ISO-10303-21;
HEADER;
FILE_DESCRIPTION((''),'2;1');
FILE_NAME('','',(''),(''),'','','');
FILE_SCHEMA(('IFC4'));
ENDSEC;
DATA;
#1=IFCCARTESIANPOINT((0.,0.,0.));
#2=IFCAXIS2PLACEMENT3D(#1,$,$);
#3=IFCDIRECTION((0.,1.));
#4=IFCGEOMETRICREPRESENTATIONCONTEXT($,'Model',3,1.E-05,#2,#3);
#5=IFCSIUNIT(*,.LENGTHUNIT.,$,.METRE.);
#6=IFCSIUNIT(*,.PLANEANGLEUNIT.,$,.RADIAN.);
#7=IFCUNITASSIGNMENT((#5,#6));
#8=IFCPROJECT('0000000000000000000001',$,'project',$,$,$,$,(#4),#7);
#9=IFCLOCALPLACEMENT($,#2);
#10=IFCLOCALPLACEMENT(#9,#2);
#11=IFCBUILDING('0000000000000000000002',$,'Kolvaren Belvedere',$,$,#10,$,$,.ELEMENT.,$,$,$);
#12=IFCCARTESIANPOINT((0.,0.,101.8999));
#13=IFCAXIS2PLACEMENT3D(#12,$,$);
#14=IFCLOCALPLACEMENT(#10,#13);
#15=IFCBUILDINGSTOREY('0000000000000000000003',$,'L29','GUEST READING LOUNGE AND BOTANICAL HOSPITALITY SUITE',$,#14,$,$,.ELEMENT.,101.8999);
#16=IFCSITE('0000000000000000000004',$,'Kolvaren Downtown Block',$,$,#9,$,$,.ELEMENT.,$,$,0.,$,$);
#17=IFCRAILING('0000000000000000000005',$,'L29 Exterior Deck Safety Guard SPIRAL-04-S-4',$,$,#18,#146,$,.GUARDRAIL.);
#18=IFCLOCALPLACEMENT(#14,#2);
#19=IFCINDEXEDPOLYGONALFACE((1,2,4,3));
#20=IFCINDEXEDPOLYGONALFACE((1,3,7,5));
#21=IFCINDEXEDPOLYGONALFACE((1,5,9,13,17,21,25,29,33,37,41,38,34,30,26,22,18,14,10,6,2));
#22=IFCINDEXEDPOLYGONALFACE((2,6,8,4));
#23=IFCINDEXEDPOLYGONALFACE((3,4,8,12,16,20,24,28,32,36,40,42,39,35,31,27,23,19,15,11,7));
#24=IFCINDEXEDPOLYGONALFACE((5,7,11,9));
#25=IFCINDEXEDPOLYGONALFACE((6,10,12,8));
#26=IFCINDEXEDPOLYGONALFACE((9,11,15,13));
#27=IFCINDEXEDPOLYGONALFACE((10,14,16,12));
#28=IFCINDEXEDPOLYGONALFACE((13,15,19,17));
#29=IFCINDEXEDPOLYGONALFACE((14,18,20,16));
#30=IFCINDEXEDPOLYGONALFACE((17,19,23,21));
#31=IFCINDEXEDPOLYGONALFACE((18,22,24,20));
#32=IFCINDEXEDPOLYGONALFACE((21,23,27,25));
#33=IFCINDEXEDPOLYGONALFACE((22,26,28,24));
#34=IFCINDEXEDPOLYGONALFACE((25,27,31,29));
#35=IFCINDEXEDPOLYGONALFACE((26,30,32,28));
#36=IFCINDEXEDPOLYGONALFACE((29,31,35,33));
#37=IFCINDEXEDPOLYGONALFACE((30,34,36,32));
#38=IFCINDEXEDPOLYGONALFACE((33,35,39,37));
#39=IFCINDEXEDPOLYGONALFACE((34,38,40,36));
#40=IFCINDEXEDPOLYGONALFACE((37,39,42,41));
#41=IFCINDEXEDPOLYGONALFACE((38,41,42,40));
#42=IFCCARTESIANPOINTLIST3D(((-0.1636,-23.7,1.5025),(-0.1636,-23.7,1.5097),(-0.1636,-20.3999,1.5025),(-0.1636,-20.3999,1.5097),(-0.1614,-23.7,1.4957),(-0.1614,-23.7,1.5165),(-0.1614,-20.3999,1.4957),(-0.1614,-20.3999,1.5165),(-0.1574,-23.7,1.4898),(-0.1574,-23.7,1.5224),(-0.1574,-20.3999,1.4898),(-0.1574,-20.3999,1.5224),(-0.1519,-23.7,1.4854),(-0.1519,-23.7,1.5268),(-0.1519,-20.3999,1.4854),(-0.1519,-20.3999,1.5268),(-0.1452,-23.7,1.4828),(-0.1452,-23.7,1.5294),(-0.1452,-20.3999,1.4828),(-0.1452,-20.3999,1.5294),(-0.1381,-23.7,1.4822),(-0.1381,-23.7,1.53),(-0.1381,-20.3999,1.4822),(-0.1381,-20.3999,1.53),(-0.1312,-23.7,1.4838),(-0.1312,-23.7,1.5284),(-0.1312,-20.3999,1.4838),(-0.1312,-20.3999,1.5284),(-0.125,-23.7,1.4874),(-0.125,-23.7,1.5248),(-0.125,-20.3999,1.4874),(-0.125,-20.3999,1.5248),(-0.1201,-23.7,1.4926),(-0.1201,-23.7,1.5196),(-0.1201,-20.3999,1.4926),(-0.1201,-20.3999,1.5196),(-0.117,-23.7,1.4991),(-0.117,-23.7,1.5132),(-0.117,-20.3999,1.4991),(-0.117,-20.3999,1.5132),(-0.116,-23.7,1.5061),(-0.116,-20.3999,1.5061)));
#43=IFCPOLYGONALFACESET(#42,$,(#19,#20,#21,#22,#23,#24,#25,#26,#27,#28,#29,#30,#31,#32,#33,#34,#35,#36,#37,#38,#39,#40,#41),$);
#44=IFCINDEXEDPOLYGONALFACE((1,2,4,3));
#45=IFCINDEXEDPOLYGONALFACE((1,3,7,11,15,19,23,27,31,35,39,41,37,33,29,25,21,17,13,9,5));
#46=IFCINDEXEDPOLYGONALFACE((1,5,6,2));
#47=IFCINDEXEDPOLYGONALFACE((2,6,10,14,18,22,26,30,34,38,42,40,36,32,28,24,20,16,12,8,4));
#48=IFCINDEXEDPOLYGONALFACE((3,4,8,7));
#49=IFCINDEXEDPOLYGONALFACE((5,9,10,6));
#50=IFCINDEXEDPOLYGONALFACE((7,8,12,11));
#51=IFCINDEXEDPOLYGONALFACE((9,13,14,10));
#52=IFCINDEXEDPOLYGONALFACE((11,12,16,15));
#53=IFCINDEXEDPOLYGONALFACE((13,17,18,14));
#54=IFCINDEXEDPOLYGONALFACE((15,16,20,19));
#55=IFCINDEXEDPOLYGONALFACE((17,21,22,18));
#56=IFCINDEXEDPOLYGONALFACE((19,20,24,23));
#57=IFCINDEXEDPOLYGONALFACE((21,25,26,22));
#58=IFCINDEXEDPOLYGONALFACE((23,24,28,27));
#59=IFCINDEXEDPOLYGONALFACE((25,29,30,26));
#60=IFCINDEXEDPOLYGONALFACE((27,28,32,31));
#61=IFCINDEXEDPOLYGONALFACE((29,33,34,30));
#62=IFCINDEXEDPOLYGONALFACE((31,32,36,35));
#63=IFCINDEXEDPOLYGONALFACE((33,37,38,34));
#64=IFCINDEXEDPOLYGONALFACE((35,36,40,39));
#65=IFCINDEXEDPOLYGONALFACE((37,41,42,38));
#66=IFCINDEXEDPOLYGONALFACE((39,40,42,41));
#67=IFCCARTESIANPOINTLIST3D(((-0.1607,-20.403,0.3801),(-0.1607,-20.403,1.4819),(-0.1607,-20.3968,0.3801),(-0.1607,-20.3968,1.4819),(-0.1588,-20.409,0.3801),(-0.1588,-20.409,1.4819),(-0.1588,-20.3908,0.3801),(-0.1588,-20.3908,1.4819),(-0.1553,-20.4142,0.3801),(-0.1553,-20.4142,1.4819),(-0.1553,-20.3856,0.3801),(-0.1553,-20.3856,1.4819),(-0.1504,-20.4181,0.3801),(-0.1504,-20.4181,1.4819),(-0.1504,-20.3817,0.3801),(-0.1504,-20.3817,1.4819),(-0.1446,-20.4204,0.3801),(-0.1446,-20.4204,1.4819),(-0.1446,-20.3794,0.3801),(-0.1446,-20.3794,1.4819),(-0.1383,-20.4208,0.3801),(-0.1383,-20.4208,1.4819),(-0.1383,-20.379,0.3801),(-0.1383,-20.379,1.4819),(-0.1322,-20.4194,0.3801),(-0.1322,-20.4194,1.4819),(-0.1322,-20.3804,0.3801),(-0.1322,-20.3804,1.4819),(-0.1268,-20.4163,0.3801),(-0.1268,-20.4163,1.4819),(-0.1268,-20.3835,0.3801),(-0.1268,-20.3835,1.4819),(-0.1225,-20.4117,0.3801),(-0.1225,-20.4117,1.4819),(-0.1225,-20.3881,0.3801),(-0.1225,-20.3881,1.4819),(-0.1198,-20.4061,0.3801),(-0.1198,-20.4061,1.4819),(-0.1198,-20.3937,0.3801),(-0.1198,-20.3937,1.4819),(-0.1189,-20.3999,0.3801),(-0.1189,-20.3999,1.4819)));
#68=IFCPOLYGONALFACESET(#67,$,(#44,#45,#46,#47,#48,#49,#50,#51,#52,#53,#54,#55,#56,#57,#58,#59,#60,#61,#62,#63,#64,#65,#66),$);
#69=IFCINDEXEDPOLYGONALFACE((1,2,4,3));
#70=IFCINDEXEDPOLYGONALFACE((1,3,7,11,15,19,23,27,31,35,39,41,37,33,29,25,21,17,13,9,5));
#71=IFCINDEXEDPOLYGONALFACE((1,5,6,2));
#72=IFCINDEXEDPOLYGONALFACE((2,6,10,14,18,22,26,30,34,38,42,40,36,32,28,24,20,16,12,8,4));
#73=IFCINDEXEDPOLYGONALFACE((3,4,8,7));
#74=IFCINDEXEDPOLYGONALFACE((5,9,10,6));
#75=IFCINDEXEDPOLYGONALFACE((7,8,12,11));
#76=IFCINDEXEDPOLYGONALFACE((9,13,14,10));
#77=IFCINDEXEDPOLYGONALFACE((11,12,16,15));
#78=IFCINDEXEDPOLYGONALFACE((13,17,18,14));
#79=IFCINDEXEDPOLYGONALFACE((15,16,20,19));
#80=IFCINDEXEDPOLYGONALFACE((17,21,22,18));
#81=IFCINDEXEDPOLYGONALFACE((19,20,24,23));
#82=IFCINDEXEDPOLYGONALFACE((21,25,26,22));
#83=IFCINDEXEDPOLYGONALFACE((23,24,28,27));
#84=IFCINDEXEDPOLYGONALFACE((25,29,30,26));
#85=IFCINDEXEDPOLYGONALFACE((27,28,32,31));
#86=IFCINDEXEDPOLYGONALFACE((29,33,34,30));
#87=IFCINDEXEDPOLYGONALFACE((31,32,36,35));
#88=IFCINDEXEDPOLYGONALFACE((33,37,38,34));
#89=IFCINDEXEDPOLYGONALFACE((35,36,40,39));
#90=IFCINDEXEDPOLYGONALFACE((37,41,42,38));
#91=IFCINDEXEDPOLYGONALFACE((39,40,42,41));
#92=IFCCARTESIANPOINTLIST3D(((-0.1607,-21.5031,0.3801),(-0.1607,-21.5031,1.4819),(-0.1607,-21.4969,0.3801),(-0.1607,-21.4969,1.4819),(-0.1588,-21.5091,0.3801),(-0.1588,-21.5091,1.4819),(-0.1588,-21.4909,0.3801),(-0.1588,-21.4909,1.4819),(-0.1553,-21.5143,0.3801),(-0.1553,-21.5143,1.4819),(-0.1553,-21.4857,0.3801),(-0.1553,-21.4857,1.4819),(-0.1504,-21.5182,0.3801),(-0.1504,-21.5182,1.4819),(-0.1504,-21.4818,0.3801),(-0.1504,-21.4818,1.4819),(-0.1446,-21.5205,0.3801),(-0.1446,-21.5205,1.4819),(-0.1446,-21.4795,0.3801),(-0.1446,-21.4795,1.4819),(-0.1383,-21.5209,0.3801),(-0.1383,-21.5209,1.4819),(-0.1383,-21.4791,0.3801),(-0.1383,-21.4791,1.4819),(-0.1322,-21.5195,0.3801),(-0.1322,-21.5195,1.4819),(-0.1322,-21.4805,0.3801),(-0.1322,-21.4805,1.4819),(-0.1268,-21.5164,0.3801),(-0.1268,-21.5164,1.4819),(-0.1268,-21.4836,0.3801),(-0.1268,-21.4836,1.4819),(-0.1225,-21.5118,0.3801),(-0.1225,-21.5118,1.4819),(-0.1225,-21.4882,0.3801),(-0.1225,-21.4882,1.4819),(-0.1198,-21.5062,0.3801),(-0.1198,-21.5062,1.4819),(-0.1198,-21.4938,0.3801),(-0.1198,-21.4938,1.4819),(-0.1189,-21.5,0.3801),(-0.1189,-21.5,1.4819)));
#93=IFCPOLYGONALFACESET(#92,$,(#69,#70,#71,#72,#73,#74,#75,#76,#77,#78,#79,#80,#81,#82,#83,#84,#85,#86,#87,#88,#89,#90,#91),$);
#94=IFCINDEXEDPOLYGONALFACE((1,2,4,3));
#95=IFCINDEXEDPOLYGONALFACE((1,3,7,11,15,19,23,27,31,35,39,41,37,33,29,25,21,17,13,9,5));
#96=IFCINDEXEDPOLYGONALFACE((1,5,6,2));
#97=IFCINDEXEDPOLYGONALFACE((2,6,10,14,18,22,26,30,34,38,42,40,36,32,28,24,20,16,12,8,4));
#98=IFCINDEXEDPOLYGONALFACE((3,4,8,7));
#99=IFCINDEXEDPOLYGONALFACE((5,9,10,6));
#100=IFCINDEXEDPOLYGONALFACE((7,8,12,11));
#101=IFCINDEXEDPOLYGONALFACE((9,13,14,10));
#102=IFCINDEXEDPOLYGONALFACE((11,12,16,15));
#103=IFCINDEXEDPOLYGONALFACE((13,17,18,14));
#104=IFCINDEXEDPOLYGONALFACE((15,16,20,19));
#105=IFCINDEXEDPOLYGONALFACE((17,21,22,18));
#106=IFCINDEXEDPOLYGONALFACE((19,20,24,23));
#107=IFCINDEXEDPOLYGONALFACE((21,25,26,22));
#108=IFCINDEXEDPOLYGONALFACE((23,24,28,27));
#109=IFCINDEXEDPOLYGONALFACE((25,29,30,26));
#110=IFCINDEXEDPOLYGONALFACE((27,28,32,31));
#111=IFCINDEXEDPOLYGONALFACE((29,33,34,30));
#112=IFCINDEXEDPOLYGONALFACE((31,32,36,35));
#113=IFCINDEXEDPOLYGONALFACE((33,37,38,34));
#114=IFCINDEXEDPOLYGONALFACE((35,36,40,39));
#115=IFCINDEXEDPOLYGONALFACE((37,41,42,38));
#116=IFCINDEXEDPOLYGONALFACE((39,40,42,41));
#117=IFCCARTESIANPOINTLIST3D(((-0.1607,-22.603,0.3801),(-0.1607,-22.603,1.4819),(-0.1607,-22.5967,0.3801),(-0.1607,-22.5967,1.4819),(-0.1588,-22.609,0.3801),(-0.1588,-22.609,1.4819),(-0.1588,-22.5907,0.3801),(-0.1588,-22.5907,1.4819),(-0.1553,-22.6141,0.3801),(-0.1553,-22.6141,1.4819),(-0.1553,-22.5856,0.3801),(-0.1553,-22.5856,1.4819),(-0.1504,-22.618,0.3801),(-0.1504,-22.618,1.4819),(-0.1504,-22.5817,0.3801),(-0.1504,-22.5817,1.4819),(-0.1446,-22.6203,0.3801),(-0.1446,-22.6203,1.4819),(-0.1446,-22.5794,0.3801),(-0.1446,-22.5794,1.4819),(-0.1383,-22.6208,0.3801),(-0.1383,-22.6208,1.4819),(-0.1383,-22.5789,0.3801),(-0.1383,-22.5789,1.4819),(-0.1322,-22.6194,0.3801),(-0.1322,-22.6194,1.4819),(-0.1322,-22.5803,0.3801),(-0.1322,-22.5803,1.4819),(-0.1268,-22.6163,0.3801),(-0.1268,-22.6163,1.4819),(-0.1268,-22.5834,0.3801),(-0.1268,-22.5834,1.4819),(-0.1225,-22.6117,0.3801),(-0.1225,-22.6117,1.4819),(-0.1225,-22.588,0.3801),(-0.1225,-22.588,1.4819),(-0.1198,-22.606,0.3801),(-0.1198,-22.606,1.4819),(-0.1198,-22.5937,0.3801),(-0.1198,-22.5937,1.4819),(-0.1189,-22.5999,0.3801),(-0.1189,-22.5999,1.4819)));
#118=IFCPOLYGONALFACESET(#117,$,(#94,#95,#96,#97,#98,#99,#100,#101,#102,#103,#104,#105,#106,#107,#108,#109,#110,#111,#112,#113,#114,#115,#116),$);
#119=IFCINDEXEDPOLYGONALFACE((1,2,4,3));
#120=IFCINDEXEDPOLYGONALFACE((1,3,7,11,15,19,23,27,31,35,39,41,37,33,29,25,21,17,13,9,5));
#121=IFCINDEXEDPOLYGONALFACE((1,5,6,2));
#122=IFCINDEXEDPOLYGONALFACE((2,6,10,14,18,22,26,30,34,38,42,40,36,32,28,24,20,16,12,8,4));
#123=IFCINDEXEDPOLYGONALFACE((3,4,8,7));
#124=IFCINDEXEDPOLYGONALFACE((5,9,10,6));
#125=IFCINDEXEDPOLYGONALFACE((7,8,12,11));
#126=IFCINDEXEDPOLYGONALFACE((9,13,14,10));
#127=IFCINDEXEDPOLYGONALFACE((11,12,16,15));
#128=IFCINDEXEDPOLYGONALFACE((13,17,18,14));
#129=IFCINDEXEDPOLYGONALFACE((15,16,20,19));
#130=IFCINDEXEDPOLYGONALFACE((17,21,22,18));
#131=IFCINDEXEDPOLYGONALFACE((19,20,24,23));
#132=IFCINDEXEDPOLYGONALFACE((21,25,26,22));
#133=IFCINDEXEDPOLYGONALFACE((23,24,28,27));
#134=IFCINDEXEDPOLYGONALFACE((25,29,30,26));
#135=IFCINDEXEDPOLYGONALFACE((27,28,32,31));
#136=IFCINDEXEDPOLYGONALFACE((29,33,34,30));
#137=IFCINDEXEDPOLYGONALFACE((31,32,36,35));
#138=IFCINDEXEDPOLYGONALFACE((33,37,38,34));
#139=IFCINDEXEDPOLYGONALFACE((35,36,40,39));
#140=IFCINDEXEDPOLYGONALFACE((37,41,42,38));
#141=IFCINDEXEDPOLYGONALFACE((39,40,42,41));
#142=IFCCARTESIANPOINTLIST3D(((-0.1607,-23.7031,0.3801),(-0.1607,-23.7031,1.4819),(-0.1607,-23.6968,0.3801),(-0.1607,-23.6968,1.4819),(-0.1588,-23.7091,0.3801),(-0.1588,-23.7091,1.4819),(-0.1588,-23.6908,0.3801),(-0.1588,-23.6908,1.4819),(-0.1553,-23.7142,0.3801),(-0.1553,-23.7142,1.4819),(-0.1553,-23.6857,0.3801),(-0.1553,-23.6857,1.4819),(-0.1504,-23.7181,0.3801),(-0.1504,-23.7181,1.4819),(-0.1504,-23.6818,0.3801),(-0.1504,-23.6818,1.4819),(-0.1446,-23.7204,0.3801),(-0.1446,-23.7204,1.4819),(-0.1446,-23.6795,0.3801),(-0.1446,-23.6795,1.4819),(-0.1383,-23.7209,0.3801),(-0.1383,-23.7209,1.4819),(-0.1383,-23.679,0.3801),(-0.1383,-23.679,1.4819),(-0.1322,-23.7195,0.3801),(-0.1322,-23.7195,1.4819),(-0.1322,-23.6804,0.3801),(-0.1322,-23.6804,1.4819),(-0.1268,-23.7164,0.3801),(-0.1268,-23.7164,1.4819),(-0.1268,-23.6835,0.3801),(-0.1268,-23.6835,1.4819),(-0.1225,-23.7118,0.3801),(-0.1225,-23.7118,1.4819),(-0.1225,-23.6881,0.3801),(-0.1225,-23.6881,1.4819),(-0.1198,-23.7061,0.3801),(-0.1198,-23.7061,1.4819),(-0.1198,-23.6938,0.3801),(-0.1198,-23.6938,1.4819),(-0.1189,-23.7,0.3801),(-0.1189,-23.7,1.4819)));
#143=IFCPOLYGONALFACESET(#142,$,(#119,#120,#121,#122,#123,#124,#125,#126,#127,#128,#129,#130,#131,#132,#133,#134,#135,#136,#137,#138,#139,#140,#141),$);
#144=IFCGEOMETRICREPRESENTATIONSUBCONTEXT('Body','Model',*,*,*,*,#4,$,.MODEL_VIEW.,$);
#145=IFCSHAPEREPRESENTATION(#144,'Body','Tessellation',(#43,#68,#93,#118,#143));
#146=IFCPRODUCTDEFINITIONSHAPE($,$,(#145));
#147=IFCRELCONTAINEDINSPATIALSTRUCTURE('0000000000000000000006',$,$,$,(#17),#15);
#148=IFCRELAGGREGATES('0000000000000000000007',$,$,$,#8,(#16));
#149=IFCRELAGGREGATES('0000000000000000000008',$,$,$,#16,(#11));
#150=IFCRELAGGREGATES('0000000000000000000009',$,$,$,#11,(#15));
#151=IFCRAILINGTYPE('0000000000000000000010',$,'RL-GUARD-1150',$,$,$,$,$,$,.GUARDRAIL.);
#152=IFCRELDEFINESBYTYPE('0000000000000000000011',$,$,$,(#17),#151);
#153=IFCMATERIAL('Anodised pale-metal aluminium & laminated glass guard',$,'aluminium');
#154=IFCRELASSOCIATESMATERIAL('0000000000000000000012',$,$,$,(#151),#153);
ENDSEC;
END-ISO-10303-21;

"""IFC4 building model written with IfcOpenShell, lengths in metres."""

from ifc_helpers import new_model, si_unit, direction, frame, origin, origin_2d, place, context, subcontext, project, spatial, circle, extrude, material, type_object, element, save


model = new_model("IFC4")

# Units and contexts
model_context = context("Model", 3, precision=1e-05, world=origin(), true_north=direction((0.0, 1.0)))
body_context = subcontext(model_context, "Body", "Model", "MODEL_VIEW")
ifc_project = project(units=[si_unit("LENGTHUNIT", "METRE"), si_unit("PLANEANGLEUNIT", "RADIAN")], contexts=[model_context])

# Site, building, storey
site_placement = place(None, origin())
site = spatial("IfcSite", under=ifc_project, at=site_placement, Name="Kolvaren Downtown Block", CompositionType="ELEMENT", RefElevation=0.0)
building_placement = place(site_placement, origin())
building = spatial("IfcBuilding", under=site, at=building_placement, Name="Kolvaren Belvedere", CompositionType="ELEMENT")
storey_placement = place(building_placement, frame((0.0, 0.0, 101.8999)))
storey = spatial("IfcBuildingStorey", under=building, at=storey_placement, Name="L29", Description="GUEST READING LOUNGE AND BOTANICAL HOSPITALITY SUITE", CompositionType="ELEMENT", Elevation=101.8999)

# Railing
ifc_material_1 = material(Name="Anodised pale-metal aluminium & laminated glass guard", Category="aluminium")
railing_type = type_object("IfcRailingType", Name="RL-GUARD-1150", PredefinedType="GUARDRAIL", material=ifc_material_1)
railing_1_placement = place(storey_placement, frame((-0.1399, -20.3999, 0.3801)))
element("IfcRailing", 1, at=railing_1_placement, inside=storey, type_object=railing_type, Name="L29 Exterior Deck Safety Guard SPIRAL-04-S-4", PredefinedType="GUARDRAIL", context=body_context, shape_type="SweptSolid", body=[
    extrude(circle(Radius=0.0239, at=origin_2d()), frame((0.0, 0.0, 1.126), z_axis=(0.0, -1.0, 0.0), x_axis=(1.0, 0.0, 0.0)), (0.0, 0.0, 1.0), 3.3),
    extrude(circle(Radius=0.021, at=origin_2d()), origin(), (0.0, 0.0, 1.0), 1.1018),
    extrude(circle(Radius=0.021, at=origin_2d()), frame((0.0, -1.1001, 0.0)), (0.0, 0.0, 1.0), 1.1018),
    extrude(circle(Radius=0.021, at=origin_2d()), frame((0.0, -2.2, 0.0)), (0.0, 0.0, 1.0), 1.1018),
    extrude(circle(Radius=0.021, at=origin_2d()), frame((0.0, -3.3, 0.0)), (0.0, 0.0, 1.0), 1.1018),
])

save(model, "model.ifc")
